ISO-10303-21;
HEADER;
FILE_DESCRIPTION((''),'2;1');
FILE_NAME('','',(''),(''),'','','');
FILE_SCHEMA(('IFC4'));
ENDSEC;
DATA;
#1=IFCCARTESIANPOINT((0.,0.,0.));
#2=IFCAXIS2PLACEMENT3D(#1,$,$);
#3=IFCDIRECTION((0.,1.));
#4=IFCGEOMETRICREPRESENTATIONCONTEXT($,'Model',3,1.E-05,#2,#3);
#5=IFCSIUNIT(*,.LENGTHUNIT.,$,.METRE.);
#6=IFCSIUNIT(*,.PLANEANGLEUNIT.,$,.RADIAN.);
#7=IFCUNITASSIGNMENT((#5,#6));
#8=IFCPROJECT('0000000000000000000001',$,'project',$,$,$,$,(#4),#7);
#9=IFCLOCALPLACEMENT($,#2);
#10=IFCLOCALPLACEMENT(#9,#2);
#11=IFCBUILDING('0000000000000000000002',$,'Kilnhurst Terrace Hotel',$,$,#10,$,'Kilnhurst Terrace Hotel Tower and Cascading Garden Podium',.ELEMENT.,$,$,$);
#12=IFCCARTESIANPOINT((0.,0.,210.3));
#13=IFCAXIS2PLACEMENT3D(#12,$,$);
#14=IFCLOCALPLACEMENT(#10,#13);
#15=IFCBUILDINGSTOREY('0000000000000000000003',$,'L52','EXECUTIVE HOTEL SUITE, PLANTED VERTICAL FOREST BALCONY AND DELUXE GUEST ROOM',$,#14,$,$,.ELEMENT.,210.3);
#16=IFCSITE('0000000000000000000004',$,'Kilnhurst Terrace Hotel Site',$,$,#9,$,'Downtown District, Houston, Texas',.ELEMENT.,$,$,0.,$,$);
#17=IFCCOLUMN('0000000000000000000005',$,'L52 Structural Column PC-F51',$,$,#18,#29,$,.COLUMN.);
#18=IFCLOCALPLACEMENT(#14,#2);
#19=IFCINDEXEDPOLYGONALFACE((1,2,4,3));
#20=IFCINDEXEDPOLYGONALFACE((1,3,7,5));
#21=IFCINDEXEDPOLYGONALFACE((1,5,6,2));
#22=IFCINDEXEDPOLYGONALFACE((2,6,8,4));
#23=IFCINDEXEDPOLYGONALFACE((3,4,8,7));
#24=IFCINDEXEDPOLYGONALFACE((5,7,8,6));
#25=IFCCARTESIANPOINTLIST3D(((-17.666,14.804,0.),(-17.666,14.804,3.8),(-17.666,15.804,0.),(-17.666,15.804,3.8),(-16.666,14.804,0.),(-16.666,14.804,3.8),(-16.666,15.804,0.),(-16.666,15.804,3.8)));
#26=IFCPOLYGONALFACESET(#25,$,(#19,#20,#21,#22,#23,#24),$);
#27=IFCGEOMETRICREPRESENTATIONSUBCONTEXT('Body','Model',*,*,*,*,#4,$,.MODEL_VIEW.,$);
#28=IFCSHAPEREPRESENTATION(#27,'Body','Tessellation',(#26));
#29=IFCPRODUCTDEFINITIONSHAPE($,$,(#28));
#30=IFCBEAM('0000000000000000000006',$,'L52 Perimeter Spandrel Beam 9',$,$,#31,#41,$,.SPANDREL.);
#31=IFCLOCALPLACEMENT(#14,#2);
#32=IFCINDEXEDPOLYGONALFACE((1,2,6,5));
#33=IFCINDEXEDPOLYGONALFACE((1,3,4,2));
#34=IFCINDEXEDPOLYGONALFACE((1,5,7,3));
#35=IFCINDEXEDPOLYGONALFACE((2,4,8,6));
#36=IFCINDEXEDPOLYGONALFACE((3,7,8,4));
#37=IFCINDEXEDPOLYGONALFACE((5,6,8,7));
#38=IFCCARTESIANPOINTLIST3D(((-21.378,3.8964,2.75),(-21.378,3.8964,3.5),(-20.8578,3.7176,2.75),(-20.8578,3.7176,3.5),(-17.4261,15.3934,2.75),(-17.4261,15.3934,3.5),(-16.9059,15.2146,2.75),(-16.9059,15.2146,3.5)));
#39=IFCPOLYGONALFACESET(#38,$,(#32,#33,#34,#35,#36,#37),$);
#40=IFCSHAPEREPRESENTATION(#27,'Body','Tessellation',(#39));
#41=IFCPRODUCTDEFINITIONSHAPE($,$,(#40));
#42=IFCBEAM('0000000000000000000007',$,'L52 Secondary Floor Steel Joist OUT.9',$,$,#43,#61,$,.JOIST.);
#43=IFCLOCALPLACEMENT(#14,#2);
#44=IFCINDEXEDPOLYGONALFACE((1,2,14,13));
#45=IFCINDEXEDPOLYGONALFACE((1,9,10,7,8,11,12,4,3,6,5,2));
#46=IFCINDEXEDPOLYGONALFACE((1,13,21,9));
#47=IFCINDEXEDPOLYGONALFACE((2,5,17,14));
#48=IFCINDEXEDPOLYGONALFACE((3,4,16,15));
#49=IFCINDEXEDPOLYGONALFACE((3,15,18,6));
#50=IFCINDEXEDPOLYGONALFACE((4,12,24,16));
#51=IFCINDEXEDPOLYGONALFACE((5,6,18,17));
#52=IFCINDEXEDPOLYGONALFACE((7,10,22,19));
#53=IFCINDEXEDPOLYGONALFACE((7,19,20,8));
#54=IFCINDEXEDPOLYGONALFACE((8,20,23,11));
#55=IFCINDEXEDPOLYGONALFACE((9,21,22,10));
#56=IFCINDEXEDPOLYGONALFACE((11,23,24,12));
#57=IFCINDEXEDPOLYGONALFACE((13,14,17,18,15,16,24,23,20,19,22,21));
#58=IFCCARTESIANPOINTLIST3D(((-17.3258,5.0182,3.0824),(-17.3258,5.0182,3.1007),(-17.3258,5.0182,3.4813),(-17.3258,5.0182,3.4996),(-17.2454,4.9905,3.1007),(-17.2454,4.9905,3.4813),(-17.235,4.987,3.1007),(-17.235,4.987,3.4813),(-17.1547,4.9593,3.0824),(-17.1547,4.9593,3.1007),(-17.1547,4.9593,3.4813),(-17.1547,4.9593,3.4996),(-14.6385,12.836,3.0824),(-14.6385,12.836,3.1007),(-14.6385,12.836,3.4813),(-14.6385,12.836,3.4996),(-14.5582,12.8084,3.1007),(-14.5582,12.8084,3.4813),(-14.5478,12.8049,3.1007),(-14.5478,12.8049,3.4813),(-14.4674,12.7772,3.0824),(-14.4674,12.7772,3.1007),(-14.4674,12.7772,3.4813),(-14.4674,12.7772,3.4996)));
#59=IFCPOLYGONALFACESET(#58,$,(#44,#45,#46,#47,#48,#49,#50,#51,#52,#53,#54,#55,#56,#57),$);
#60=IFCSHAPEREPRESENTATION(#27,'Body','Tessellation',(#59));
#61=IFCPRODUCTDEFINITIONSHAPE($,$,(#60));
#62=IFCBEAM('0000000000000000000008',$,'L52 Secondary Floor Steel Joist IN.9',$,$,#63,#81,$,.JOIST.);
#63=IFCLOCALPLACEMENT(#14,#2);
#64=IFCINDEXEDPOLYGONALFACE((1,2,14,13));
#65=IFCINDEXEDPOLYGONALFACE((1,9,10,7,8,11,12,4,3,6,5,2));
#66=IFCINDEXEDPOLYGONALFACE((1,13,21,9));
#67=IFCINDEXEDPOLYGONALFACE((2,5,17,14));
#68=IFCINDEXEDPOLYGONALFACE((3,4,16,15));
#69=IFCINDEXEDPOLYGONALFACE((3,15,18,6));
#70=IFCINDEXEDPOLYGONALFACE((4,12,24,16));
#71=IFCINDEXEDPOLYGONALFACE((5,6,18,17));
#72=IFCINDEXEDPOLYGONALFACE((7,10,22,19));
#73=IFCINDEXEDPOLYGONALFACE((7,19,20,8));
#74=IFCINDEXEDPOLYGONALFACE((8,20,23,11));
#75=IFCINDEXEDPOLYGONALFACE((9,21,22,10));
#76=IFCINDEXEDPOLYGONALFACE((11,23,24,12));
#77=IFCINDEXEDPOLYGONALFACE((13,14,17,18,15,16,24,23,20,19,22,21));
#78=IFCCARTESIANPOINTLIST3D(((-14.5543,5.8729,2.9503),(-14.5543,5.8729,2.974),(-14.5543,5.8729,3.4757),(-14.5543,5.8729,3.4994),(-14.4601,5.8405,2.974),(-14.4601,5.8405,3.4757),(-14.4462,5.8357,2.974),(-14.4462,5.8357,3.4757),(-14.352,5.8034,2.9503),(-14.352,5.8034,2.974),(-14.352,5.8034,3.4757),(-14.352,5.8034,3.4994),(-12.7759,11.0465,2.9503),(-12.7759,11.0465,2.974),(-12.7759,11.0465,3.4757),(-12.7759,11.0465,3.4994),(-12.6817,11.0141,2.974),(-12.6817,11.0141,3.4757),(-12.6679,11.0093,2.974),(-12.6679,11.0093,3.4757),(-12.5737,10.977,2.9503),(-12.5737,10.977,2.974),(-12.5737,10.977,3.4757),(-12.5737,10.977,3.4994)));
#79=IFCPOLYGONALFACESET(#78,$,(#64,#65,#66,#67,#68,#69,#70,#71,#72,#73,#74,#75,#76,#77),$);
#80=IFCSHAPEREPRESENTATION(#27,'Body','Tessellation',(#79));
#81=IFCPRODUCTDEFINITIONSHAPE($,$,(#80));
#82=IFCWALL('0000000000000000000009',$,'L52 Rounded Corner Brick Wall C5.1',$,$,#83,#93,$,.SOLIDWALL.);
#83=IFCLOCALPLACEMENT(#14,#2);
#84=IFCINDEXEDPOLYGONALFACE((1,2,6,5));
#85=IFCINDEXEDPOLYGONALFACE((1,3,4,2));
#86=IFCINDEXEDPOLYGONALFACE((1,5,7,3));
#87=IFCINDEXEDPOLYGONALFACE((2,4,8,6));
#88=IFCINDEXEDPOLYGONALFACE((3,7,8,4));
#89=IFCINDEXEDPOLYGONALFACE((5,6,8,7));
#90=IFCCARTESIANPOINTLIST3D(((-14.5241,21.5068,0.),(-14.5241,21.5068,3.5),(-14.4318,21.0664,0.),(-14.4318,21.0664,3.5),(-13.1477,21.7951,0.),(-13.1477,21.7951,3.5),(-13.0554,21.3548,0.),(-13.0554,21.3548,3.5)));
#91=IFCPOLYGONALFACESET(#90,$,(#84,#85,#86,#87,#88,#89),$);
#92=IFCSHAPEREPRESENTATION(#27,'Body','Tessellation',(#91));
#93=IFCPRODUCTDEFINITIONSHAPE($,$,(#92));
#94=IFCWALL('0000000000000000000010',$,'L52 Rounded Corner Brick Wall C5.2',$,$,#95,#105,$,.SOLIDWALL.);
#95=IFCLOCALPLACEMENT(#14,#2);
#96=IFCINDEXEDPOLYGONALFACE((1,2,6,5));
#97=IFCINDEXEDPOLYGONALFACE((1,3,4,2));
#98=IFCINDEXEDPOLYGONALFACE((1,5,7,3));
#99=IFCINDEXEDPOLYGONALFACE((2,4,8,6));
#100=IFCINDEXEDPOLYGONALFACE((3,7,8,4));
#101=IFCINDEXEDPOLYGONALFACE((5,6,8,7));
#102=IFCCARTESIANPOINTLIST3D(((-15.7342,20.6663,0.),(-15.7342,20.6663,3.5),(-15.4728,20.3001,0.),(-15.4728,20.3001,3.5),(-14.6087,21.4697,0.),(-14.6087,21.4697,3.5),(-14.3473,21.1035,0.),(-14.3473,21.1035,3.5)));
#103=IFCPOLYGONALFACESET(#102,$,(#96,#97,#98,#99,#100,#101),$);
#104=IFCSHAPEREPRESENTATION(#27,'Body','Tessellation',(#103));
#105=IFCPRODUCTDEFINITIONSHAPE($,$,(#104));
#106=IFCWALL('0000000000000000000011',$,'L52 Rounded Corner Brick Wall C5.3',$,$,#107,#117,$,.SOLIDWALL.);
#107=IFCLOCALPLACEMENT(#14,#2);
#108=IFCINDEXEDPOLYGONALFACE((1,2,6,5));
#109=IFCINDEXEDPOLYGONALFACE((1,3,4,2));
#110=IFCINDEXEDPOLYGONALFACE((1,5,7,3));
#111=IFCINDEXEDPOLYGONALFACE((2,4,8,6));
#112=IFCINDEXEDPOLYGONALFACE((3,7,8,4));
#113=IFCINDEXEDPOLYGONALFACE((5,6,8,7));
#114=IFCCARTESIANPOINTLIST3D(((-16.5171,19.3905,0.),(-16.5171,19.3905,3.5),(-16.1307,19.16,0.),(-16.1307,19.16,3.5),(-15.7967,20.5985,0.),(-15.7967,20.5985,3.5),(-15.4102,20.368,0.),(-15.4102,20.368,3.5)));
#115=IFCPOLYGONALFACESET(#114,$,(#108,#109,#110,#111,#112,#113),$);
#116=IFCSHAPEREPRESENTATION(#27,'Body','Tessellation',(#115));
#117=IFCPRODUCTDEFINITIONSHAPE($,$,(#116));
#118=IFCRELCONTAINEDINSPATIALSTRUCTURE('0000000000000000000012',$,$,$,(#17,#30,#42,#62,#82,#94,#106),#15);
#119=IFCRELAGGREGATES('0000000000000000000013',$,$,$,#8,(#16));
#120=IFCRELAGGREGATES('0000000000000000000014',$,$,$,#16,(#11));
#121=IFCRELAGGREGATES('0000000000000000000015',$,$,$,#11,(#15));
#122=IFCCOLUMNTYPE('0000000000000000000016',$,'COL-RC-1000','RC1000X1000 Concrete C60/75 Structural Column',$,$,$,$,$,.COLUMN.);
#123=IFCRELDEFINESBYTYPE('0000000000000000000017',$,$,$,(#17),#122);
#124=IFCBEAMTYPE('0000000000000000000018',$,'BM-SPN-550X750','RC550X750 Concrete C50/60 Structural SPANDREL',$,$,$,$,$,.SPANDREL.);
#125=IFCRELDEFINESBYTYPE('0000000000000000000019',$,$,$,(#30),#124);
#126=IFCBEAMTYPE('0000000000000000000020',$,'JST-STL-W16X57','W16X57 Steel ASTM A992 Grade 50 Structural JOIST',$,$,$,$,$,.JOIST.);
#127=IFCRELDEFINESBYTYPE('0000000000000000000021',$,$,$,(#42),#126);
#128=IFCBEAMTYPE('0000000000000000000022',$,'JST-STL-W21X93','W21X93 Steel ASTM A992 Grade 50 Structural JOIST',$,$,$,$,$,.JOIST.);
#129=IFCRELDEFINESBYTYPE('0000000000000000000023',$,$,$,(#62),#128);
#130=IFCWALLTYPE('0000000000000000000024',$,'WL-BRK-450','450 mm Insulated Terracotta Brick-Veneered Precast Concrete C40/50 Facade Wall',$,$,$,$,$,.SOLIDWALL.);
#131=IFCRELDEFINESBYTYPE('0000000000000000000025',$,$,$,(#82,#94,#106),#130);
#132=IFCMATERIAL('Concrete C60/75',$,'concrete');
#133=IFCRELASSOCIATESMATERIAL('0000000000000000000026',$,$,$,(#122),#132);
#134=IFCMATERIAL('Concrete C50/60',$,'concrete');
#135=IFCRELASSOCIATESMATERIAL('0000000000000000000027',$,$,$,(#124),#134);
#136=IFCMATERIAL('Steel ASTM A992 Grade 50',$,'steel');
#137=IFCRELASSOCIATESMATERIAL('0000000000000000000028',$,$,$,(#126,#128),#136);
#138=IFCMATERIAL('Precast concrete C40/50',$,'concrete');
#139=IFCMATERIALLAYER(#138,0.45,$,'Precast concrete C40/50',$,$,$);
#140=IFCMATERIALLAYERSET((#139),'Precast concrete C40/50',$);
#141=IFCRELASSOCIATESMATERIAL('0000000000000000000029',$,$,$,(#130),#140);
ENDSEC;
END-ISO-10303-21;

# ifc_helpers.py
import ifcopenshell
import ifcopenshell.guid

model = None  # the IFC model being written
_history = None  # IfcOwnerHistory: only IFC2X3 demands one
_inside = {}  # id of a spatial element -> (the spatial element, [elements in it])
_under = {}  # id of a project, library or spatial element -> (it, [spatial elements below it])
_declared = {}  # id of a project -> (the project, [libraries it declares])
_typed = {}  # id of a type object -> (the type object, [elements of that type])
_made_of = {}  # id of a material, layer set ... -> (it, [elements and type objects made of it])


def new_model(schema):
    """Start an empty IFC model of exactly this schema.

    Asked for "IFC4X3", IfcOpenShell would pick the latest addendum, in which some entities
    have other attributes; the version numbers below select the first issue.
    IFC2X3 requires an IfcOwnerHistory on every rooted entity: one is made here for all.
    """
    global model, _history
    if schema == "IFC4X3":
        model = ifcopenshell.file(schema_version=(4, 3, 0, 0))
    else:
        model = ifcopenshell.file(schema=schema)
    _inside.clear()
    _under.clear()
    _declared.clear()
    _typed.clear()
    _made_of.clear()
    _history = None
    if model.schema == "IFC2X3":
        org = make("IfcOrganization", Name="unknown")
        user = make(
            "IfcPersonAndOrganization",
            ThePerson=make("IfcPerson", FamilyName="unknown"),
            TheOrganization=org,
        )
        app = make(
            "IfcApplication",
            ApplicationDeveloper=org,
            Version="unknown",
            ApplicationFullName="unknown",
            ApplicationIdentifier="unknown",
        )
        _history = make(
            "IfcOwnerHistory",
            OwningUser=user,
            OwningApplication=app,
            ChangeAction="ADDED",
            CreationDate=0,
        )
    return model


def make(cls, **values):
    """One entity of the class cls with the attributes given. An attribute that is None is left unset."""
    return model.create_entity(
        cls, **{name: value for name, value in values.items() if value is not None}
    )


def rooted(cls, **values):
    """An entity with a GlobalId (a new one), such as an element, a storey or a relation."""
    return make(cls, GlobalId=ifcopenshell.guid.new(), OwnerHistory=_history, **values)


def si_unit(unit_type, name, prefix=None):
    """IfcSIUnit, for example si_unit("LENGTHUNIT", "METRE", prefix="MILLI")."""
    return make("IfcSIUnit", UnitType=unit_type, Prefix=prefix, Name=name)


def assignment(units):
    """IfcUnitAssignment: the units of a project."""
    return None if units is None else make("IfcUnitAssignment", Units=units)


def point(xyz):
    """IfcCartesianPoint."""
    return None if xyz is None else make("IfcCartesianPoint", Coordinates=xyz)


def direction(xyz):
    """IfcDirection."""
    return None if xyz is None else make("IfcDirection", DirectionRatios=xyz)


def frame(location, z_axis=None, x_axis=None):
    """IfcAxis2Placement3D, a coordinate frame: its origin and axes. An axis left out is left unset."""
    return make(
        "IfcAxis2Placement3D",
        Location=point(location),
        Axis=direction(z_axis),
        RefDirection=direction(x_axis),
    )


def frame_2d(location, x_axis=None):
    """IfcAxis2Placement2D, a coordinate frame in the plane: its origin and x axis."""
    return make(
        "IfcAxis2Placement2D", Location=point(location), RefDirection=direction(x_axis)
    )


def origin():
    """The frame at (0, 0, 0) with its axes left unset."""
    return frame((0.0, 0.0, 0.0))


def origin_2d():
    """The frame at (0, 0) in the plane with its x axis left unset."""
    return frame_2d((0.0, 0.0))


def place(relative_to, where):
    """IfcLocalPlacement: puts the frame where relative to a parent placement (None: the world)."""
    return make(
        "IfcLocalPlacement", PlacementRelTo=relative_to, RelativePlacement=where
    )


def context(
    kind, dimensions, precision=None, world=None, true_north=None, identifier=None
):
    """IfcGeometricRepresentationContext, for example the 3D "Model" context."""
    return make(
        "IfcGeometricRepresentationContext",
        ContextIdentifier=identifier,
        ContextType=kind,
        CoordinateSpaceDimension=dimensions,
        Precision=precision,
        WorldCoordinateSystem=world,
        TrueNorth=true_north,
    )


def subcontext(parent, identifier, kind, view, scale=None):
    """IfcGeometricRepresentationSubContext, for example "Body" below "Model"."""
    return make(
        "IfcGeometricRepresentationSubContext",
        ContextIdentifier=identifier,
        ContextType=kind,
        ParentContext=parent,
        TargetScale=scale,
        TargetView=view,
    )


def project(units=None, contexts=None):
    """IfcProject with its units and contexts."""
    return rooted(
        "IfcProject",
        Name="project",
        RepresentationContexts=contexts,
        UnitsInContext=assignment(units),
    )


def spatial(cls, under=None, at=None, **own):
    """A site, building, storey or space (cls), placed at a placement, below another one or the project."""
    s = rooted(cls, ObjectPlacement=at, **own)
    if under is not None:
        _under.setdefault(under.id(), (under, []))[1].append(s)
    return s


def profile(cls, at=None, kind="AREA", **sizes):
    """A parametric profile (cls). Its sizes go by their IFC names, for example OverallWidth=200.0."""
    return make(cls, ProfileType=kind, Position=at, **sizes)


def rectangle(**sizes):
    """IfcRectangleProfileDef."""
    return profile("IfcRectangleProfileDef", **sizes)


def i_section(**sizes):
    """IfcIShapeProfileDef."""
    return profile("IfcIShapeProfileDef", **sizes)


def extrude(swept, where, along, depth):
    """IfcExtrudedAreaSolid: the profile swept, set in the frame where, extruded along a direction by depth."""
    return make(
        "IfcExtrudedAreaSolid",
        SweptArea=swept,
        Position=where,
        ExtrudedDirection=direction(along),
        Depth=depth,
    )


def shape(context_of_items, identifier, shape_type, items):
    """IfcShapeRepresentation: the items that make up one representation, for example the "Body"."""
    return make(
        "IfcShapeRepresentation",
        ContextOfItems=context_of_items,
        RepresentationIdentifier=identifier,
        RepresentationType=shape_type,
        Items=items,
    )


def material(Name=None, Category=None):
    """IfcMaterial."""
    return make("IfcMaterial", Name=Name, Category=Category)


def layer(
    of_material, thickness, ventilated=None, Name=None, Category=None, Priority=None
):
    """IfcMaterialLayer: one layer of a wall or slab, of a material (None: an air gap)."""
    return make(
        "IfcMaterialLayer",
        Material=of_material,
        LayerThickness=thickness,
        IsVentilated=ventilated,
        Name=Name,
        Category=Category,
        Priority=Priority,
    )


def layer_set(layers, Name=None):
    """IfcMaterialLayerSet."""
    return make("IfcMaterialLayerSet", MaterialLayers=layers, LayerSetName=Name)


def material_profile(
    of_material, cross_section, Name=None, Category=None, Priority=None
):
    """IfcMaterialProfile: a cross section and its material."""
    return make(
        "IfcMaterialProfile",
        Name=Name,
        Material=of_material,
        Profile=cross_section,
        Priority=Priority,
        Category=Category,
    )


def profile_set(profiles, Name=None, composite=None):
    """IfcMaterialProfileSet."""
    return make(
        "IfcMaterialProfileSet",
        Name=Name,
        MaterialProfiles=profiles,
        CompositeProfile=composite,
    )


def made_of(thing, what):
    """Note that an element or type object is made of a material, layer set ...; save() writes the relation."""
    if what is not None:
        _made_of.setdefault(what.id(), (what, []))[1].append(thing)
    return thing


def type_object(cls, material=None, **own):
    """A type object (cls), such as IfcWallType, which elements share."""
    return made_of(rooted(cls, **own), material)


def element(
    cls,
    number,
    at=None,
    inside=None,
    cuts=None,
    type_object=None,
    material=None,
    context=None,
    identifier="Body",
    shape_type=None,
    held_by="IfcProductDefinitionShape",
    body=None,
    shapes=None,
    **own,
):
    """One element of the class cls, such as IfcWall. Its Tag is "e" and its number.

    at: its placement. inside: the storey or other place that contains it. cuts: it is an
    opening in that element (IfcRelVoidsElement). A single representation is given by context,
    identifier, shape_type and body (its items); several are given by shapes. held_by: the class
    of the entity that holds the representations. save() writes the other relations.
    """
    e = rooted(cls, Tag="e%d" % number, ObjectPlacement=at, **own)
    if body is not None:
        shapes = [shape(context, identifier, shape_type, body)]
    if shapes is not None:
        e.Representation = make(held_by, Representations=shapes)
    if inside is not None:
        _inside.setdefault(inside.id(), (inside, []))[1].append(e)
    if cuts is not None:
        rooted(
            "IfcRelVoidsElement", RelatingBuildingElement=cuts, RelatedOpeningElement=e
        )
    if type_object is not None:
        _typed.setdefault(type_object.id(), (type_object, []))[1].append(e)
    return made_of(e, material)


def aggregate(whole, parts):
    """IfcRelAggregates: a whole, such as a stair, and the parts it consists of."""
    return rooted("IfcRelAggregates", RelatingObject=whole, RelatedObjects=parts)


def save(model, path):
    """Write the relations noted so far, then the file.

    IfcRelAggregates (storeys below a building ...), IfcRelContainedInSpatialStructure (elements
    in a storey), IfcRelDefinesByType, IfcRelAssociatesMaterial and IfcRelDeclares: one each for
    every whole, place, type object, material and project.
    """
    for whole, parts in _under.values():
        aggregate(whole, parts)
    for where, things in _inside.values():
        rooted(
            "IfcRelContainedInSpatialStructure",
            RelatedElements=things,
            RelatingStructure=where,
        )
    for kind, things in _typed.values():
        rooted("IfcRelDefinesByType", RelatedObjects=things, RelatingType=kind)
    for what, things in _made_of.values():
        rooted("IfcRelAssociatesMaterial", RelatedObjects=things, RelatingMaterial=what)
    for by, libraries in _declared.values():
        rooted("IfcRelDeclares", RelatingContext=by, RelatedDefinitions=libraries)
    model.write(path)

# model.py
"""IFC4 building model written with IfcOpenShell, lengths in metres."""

from ifc_helpers import new_model, si_unit, direction, frame, frame_2d, origin, origin_2d, place, context, subcontext, project, spatial, rectangle, i_section, extrude, material, layer, layer_set, material_profile, profile_set, type_object, element, save


model = new_model("IFC4")

# Units and contexts
model_context = context("Model", 3, precision=1e-05, world=origin(), true_north=direction((0.0, 1.0)))
body_context = subcontext(model_context, "Body", "Model", "MODEL_VIEW")
ifc_project = project(units=[si_unit("LENGTHUNIT", "METRE"), si_unit("PLANEANGLEUNIT", "RADIAN")], contexts=[model_context])

# Site, building, storey
site_placement = place(None, origin())
site = spatial("IfcSite", under=ifc_project, at=site_placement, Name="Kilnhurst Terrace Hotel Site", LongName="Downtown District, Houston, Texas", CompositionType="ELEMENT", RefElevation=0.0)
building_placement = place(site_placement, origin())
building = spatial("IfcBuilding", under=site, at=building_placement, Name="Kilnhurst Terrace Hotel", LongName="Kilnhurst Terrace Hotel Tower and Cascading Garden Podium", CompositionType="ELEMENT")
storey_placement = place(building_placement, frame((0.0, 0.0, 210.3)))
storey = spatial("IfcBuildingStorey", under=building, at=storey_placement, Name="L52", Description="EXECUTIVE HOTEL SUITE, PLANTED VERTICAL FOREST BALCONY AND DELUXE GUEST ROOM", CompositionType="ELEMENT", Elevation=210.3)

# Column
ifc_material_1 = material(Name="Concrete C60/75", Category="concrete")
ifc_material_profile_1 = material_profile(ifc_material_1, rectangle(XDim=1.0, YDim=1.0, at=origin_2d()), Name="RC1000X1000")
ifc_profile_set_1 = profile_set([ifc_material_profile_1], Name="Concrete C60/75")
column_type = type_object("IfcColumnType", Name="COL-RC-1000", Description="RC1000X1000 Concrete C60/75 Structural Column", PredefinedType="COLUMN", material=ifc_profile_set_1)
column_placement = place(storey_placement, frame((-17.166, 15.304, 0.0), z_axis=(0.0, 0.0, 1.0), x_axis=(1.0, 0.0, 0.0)))
element("IfcColumn", 1, at=column_placement, inside=storey, type_object=column_type, Name="L52 Structural Column PC-F51", PredefinedType="COLUMN", context=body_context, shape_type="SweptSolid", body=[
    extrude(rectangle(XDim=1.0, YDim=1.0, at=origin_2d()), origin(), (0.0, 0.0, 1.0), 3.8),
])

# Beams
ifc_material_2 = material(Name="Concrete C50/60", Category="concrete")
ifc_material_profile_2 = material_profile(ifc_material_2, rectangle(XDim=0.55, YDim=0.75, at=origin_2d()), Name="RC550X750")
ifc_profile_set_2 = profile_set([ifc_material_profile_2], Name="Concrete C50/60")
beam_type_1 = type_object("IfcBeamType", Name="BM-SPN-550X750", Description="RC550X750 Concrete C50/60 Structural SPANDREL", PredefinedType="SPANDREL", material=ifc_profile_set_2)
beam_1_placement = place(storey_placement, frame((-17.166, 15.304, 3.125), z_axis=(-0.325064, -0.945692, 0.0), x_axis=(0.945692, -0.325064, 0.0)))
element("IfcBeam", 2, at=beam_1_placement, inside=storey, type_object=beam_type_1, Name="L52 Perimeter Spandrel Beam 9", PredefinedType="SPANDREL", context=body_context, shape_type="SweptSolid", body=[
    extrude(rectangle(XDim=0.55, YDim=0.75, at=origin_2d()), origin(), (0.0, 0.0, 1.0), 12.1572),
])
ifc_material_3 = material(Name="Steel ASTM A992 Grade 50", Category="steel")
ifc_material_profile_3 = material_profile(ifc_material_3, i_section(OverallWidth=0.1809, OverallDepth=0.4172, WebThickness=0.011, FlangeThickness=0.0183, at=origin_2d()), Name="W16X57")
ifc_profile_set_3 = profile_set([ifc_material_profile_3], Name="Steel ASTM A992 Grade 50")
beam_type_2 = type_object("IfcBeamType", Name="JST-STL-W16X57", Description="W16X57 Steel ASTM A992 Grade 50 Structural JOIST", PredefinedType="JOIST", material=ifc_profile_set_3)
beam_2_placement = place(storey_placement, frame((-14.553, 12.8066, 3.291), z_axis=(-0.325065, -0.945692, 0.0), x_axis=(0.945692, -0.325065, 0.0)))
element("IfcBeam", 3, at=beam_2_placement, inside=storey, type_object=beam_type_2, Name="L52 Secondary Floor Steel Joist OUT.9", PredefinedType="JOIST", context=body_context, shape_type="SweptSolid", body=[
    extrude(i_section(OverallWidth=0.1809, OverallDepth=0.4172, WebThickness=0.011, FlangeThickness=0.0183, at=origin_2d()), origin(), (0.0, 0.0, 1.0), 8.2668),
])
ifc_material_profile_4 = material_profile(ifc_material_3, i_section(OverallWidth=0.2139, OverallDepth=0.5491, WebThickness=0.0146, FlangeThickness=0.0237, at=origin_2d()), Name="W21X93")
ifc_profile_set_4 = profile_set([ifc_material_profile_4], Name="Steel ASTM A992 Grade 50")
beam_type_3 = type_object("IfcBeamType", Name="JST-STL-W21X93", Description="W21X93 Steel ASTM A992 Grade 50 Structural JOIST", PredefinedType="JOIST", material=ifc_profile_set_4)
beam_3_placement = place(storey_placement, frame((-12.6748, 11.0117, 3.2249), z_axis=(-0.325064, -0.945692, 0.0), x_axis=(0.945692, -0.325064, 0.0)))
element("IfcBeam", 4, at=beam_3_placement, inside=storey, type_object=beam_type_3, Name="L52 Secondary Floor Steel Joist IN.9", PredefinedType="JOIST", context=body_context, shape_type="SweptSolid", body=[
    extrude(i_section(OverallWidth=0.2139, OverallDepth=0.5491, WebThickness=0.0146, FlangeThickness=0.0237, at=origin_2d()), origin(), (0.0, 0.0, 1.0), 5.4707),
])

# Walls
ifc_material_4 = material(Name="Precast concrete C40/50", Category="concrete")
ifc_layer_1 = layer(ifc_material_4, 0.45, Name="Precast concrete C40/50")
ifc_layer_set_1 = layer_set([ifc_layer_1], Name="Precast concrete C40/50")
wall_type_1 = type_object("IfcWallType", Name="WL-BRK-450", Description="450 mm Insulated Terracotta Brick-Veneered Precast Concrete C40/50 Facade Wall", PredefinedType="SOLIDWALL", material=ifc_layer_set_1)
wall_1_placement = place(storey_placement, frame((-13.1016, 21.575, 0.0), z_axis=(0.0, 0.0, 1.0), x_axis=(-0.978757, -0.205022, 0.0)))
element("IfcWall", 5, at=wall_1_placement, inside=storey, type_object=wall_type_1, Name="L52 Rounded Corner Brick Wall C5.1", PredefinedType="SOLIDWALL", context=body_context, shape_type="SweptSolid", body=[
    extrude(rectangle(XDim=1.4062, YDim=0.45, at=frame_2d((0.7031, 0.0))), origin(), (0.0, 0.0, 1.0), 3.5),
])
wall_2_placement = place(storey_placement, frame((-14.478, 21.2866, 0.0), z_axis=(0.0, 0.0, 1.0), x_axis=(-0.813889, -0.581021, 0.0)))
element("IfcWall", 6, at=wall_2_placement, inside=storey, type_object=wall_type_1, Name="L52 Rounded Corner Brick Wall C5.2", PredefinedType="SOLIDWALL", context=body_context, shape_type="SweptSolid", body=[
    extrude(rectangle(XDim=1.3828, YDim=0.45, at=frame_2d((0.6914, 0.0))), origin(), (0.0, 0.0, 1.0), 3.5),
])
wall_3_placement = place(storey_placement, frame((-15.6035, 20.4832, 0.0), z_axis=(0.0, 0.0, 1.0), x_axis=(-0.512222, -0.858853, 0.0)))
element("IfcWall", 7, at=wall_3_placement, inside=storey, type_object=wall_type_1, Name="L52 Rounded Corner Brick Wall C5.3", PredefinedType="SOLIDWALL", context=body_context, shape_type="SweptSolid", body=[
    extrude(rectangle(XDim=1.4065, YDim=0.45, at=frame_2d((0.7031, 0.0))), origin(), (0.0, 0.0, 1.0), 3.5),
])

save(model, "model.ifc")
